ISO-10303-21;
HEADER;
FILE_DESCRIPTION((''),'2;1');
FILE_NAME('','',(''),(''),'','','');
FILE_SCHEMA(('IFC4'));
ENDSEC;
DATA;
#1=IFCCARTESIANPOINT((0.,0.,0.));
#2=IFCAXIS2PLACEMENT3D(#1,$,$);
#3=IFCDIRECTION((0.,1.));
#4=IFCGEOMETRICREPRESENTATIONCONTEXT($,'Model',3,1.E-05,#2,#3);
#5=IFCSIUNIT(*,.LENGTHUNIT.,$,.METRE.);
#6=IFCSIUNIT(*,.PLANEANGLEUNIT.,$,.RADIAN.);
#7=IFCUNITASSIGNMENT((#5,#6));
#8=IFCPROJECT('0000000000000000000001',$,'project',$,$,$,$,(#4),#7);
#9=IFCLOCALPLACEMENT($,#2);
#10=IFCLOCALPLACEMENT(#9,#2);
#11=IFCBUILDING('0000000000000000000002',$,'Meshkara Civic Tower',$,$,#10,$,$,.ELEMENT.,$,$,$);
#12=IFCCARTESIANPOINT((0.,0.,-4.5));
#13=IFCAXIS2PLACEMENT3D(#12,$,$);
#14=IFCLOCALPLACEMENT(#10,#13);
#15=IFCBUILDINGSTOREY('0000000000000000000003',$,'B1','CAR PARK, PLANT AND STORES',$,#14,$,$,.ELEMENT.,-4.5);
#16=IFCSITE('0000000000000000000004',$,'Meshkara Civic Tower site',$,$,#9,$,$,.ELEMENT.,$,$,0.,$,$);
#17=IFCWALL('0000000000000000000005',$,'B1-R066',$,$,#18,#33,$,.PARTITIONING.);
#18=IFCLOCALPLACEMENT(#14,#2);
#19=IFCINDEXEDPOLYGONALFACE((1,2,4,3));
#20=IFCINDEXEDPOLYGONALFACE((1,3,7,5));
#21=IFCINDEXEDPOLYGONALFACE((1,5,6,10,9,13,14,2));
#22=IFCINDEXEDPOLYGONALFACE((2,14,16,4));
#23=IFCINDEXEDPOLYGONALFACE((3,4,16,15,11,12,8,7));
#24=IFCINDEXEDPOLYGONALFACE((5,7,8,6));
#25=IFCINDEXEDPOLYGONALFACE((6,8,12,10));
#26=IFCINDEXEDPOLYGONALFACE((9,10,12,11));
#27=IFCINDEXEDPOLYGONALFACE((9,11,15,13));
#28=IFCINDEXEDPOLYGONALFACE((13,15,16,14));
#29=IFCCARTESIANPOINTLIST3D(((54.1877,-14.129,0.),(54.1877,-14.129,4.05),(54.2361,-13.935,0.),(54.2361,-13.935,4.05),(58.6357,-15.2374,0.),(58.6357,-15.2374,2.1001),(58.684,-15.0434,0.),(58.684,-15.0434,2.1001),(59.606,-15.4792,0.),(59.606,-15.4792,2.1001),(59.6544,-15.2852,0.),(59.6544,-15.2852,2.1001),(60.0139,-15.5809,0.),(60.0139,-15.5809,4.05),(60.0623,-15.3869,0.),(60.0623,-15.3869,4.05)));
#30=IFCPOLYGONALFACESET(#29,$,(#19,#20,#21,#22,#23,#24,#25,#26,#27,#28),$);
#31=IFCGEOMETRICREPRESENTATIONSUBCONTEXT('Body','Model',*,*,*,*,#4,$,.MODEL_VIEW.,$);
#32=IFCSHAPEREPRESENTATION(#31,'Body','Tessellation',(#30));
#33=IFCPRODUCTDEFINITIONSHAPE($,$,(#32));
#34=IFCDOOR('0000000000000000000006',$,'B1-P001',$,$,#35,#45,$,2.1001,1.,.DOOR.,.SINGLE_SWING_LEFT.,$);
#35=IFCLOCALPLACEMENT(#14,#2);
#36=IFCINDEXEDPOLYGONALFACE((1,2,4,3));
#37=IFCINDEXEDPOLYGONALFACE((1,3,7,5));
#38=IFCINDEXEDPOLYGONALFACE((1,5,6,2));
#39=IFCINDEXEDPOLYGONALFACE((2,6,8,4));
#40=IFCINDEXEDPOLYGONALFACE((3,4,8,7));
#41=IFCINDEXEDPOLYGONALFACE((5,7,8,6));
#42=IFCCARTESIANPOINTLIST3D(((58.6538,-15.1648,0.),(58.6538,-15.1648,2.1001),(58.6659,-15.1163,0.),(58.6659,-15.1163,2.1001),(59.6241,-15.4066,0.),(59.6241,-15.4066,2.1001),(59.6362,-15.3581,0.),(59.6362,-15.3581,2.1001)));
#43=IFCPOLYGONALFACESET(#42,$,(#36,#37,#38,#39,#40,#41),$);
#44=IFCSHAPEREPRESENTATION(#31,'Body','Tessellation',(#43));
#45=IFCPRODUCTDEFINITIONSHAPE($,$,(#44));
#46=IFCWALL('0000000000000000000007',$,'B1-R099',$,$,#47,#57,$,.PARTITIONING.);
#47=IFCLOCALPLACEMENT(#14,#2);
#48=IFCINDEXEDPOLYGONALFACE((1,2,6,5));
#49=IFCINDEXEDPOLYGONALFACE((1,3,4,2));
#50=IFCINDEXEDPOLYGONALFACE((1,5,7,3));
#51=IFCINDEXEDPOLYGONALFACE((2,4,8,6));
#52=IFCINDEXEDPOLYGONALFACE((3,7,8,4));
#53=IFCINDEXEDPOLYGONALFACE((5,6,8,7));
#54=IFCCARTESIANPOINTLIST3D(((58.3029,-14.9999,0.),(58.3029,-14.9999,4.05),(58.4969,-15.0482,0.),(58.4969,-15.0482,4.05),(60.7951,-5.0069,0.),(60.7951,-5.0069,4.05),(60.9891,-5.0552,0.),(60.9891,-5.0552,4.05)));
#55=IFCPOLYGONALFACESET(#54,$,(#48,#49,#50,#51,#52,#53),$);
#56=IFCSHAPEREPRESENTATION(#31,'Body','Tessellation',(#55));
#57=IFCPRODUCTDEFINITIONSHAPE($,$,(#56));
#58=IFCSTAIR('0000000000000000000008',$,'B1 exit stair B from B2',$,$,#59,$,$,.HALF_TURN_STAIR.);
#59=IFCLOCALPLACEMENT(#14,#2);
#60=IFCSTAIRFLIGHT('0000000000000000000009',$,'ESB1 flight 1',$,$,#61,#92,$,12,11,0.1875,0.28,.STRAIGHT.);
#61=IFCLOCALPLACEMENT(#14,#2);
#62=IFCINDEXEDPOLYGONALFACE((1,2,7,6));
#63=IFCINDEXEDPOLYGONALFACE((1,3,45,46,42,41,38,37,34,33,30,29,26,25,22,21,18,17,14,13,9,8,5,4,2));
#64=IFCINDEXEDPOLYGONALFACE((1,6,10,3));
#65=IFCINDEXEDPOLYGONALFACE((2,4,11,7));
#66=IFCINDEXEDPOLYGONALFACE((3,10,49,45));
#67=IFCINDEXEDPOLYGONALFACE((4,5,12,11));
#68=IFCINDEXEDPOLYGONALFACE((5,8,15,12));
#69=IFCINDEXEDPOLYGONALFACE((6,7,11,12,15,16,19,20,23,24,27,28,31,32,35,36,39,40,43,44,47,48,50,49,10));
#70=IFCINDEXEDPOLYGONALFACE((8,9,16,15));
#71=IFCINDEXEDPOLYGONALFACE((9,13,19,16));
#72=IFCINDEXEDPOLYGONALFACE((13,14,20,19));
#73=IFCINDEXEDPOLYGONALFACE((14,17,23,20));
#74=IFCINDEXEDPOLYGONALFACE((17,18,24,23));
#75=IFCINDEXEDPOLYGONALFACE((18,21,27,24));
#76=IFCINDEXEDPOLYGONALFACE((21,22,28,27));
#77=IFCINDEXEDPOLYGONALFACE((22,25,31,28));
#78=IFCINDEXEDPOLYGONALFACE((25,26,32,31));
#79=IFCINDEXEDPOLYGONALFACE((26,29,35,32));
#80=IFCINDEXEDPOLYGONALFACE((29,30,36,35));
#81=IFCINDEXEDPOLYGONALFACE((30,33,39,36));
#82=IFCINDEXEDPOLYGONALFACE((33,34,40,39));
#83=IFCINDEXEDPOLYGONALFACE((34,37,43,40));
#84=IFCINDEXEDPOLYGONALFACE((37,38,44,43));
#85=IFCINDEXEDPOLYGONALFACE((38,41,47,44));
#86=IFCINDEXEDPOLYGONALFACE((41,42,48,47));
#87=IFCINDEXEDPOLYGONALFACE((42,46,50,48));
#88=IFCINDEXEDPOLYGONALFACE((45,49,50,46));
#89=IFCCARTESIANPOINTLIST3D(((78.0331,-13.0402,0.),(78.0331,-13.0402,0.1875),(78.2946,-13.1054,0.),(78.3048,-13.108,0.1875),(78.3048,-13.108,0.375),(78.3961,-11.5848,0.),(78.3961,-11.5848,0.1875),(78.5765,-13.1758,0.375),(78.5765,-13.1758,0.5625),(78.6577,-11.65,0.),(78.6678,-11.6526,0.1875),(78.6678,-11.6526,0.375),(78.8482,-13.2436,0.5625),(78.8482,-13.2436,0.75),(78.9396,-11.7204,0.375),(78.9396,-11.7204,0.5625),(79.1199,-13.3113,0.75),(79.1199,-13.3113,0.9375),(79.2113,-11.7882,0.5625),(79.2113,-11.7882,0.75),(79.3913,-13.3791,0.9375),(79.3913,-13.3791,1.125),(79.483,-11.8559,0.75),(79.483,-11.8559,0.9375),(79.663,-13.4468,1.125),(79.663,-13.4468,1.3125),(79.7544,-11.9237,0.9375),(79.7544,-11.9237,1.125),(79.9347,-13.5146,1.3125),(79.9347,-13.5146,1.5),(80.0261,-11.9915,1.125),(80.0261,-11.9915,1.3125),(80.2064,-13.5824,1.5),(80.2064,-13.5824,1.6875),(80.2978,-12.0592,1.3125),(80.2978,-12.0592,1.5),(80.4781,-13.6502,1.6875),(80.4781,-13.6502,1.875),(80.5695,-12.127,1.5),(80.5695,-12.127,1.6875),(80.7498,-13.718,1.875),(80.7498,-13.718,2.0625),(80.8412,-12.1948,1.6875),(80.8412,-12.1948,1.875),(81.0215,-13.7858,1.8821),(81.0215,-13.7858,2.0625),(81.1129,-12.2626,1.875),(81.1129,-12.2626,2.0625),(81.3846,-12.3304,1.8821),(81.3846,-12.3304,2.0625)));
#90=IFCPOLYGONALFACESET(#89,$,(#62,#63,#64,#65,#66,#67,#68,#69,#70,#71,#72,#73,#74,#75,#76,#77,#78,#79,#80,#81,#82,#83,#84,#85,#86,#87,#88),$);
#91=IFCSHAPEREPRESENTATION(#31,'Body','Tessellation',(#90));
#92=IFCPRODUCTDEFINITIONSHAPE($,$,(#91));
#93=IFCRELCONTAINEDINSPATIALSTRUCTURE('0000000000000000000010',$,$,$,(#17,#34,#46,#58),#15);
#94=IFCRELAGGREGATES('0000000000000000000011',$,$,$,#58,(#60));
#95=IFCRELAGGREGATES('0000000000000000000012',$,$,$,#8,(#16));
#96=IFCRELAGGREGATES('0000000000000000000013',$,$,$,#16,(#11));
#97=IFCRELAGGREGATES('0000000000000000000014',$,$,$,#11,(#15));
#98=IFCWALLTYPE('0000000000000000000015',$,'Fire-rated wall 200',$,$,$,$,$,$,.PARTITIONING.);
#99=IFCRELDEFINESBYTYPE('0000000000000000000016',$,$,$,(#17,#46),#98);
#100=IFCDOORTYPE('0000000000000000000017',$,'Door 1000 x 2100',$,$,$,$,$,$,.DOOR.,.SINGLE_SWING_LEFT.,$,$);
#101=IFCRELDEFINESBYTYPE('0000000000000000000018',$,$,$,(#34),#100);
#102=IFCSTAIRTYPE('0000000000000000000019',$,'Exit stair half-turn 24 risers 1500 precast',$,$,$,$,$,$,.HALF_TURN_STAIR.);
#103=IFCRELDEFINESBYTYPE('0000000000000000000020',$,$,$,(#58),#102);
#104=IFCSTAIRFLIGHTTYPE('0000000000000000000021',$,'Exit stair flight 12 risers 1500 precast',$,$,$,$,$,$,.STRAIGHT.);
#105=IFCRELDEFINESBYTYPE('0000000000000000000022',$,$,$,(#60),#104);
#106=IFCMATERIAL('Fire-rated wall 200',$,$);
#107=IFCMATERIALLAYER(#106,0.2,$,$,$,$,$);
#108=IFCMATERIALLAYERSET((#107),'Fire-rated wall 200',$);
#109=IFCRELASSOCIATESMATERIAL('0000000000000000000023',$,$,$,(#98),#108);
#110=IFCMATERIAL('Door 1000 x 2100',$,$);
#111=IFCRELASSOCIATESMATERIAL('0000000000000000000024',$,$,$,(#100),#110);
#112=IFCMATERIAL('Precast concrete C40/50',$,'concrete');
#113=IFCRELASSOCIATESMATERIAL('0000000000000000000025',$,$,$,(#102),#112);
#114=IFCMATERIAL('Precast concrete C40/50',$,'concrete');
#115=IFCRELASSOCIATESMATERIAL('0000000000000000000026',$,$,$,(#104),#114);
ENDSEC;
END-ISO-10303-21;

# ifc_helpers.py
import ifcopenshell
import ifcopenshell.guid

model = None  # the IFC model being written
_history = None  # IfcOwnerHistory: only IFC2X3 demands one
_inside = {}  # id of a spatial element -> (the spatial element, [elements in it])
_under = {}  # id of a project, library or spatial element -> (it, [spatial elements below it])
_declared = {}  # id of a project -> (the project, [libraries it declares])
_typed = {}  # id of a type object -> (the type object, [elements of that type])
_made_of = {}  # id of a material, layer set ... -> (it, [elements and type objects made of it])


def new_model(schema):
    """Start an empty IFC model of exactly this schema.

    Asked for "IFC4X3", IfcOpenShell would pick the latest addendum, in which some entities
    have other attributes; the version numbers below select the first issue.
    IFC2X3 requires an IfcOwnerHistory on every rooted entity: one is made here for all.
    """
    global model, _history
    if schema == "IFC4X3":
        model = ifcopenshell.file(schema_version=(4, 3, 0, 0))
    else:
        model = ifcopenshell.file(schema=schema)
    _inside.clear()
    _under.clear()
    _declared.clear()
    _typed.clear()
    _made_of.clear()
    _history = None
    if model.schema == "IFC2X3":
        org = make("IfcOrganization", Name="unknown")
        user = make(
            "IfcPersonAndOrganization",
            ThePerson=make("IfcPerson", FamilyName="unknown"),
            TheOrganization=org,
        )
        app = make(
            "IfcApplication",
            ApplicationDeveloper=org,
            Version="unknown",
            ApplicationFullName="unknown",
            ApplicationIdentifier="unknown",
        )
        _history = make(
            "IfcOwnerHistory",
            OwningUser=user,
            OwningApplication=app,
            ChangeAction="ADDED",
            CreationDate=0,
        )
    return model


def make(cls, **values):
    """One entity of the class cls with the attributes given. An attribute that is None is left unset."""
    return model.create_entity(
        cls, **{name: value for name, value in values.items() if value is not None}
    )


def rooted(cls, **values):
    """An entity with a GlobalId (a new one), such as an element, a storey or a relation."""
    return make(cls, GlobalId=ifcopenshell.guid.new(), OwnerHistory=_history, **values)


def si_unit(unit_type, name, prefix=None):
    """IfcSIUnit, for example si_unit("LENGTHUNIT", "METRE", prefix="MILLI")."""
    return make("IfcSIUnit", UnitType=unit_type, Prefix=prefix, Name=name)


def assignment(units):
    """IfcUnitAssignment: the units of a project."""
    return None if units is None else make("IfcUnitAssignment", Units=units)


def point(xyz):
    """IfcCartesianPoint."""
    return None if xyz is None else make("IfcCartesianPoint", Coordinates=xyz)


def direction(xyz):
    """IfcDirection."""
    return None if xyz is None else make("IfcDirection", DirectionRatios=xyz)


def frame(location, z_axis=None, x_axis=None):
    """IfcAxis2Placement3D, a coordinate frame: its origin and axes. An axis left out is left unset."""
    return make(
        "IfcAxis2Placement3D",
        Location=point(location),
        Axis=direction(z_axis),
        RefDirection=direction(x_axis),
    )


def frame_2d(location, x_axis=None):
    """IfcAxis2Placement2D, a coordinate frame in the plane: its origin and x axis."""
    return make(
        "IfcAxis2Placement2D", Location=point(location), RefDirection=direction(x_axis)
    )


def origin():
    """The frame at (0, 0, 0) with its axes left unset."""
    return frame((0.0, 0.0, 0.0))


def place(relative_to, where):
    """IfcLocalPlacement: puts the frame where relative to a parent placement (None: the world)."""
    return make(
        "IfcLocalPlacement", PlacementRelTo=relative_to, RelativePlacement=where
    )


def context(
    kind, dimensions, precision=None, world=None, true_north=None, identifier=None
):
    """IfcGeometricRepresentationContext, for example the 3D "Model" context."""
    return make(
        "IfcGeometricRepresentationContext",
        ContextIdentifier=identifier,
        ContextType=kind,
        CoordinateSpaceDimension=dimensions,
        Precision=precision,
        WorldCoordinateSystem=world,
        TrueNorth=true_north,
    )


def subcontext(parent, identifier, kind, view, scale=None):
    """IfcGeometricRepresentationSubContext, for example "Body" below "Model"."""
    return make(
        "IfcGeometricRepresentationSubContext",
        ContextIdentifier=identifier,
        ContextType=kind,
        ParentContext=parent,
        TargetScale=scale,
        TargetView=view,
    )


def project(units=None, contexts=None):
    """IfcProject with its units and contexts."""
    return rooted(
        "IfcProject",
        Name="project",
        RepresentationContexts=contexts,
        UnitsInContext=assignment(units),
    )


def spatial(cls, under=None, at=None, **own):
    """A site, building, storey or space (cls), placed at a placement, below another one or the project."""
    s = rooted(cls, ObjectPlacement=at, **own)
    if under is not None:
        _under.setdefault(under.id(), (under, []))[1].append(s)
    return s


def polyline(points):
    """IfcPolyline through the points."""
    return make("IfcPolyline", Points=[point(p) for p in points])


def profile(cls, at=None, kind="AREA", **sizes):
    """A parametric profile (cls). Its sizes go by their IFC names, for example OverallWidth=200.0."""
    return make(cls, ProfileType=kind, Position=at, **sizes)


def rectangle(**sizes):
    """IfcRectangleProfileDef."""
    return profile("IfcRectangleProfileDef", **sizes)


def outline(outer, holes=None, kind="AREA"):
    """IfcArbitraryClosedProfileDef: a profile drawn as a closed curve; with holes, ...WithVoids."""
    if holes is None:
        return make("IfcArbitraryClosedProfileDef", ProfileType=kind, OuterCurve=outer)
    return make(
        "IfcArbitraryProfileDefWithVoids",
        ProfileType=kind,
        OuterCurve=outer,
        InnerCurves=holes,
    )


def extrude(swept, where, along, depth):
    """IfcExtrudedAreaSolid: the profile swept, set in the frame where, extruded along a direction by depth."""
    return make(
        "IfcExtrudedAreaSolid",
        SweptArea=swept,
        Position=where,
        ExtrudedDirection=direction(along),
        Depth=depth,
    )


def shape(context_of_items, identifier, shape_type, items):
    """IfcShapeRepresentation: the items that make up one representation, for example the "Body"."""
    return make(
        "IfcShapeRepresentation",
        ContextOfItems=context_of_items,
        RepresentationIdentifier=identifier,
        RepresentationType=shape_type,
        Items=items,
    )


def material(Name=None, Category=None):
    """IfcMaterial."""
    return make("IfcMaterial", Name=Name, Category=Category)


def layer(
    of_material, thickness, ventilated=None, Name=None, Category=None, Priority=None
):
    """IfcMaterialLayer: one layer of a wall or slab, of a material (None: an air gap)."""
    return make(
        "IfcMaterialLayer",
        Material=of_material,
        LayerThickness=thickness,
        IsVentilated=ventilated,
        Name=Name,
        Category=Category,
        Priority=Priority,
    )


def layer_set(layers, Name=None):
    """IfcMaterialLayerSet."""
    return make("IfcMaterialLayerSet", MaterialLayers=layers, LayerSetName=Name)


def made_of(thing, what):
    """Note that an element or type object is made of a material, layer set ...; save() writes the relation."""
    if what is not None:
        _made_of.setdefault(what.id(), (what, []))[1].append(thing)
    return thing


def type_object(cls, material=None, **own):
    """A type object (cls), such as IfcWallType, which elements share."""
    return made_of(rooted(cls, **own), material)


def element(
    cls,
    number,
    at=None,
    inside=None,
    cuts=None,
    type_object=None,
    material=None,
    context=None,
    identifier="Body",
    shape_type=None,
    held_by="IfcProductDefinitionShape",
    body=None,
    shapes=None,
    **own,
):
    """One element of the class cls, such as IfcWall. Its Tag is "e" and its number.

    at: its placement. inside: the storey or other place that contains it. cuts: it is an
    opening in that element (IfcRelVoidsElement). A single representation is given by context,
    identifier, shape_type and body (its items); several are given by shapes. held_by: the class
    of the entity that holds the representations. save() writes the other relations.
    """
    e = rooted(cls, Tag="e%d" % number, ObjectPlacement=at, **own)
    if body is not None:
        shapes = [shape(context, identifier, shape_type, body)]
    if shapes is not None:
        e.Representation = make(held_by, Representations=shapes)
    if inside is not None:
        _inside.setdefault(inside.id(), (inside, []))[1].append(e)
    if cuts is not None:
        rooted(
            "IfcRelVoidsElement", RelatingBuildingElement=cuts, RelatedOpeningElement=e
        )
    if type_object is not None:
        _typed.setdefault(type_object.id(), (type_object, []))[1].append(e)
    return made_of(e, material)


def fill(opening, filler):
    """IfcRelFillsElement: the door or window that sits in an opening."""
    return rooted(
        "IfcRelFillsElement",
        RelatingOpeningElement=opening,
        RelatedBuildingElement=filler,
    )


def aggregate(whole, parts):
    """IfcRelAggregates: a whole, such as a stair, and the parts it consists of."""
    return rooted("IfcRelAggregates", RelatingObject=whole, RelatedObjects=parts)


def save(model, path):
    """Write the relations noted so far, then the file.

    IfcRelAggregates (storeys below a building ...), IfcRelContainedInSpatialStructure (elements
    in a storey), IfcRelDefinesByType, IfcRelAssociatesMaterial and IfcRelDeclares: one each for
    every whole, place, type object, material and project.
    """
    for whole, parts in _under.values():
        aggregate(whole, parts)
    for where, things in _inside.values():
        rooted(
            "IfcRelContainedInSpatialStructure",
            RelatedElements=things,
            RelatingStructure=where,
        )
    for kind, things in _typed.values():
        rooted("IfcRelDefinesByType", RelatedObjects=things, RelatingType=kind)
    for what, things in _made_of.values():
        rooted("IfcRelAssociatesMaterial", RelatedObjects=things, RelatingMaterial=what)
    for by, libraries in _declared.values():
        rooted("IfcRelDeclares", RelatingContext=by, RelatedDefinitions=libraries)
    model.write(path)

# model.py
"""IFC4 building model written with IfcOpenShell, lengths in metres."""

from ifc_helpers import new_model, si_unit, direction, frame, frame_2d, origin, place, context, subcontext, project, spatial, polyline, rectangle, outline, extrude, material, layer, layer_set, type_object, element, fill, aggregate, save


model = new_model("IFC4")

# Units and contexts
model_context = context("Model", 3, precision=1e-05, world=origin(), true_north=direction((0.0, 1.0)))
body_context = subcontext(model_context, "Body", "Model", "MODEL_VIEW")
ifc_project = project(units=[si_unit("LENGTHUNIT", "METRE"), si_unit("PLANEANGLEUNIT", "RADIAN")], contexts=[model_context])

# Site, building, storey
site_placement = place(None, origin())
site = spatial("IfcSite", under=ifc_project, at=site_placement, Name="Meshkara Civic Tower site", CompositionType="ELEMENT", RefElevation=0.0)
building_placement = place(site_placement, origin())
building = spatial("IfcBuilding", under=site, at=building_placement, Name="Meshkara Civic Tower", CompositionType="ELEMENT")
storey_placement = place(building_placement, frame((0.0, 0.0, -4.5)))
storey = spatial("IfcBuildingStorey", under=building, at=storey_placement, Name="B1", Description="CAR PARK, PLANT AND STORES", CompositionType="ELEMENT", Elevation=-4.5)

# Wall, opening, door
ifc_material_1 = material(Name="Fire-rated wall 200")
ifc_layer_1 = layer(ifc_material_1, 0.2)
ifc_layer_set_1 = layer_set([ifc_layer_1], Name="Fire-rated wall 200")
wall_type_1 = type_object("IfcWallType", Name="Fire-rated wall 200", PredefinedType="PARTITIONING", material=ifc_layer_set_1)
wall_1_placement = place(storey_placement, frame((54.2119, -14.032, 0.0), z_axis=(0.0, 0.0, 1.0), x_axis=(0.970324, -0.241808, 0.0)))
wall_1 = element("IfcWall", 1, at=wall_1_placement, inside=storey, type_object=wall_type_1, Name="B1-R066", PredefinedType="PARTITIONING", context=body_context, shape_type="SweptSolid", body=[
    extrude(rectangle(XDim=6.0044, YDim=0.2, at=frame_2d((3.0022, 0.0))), origin(), (0.0, 0.0, 1.0), 4.05),
])
opening_1_placement = place(wall_1_placement, frame((4.584, 0.0, 0.0)))
opening_1 = element("IfcOpeningElement", 2, at=opening_1_placement, cuts=wall_1, PredefinedType="OPENING", context=body_context, shape_type="SweptSolid", body=[
    extrude(rectangle(XDim=1.0, YDim=2.1001, at=frame_2d((0.5, 1.05))), frame((0.0, 0.1099, 0.0), z_axis=(0.0, -1.0, 0.0), x_axis=(1.0, 0.0, 0.0)), (0.0, 0.0, 1.0), 0.22),
])
ifc_material_2 = material(Name="Door 1000 x 2100")
door_type_1 = type_object("IfcDoorType", Name="Door 1000 x 2100", OperationType="SINGLE_SWING_LEFT", PredefinedType="DOOR", material=ifc_material_2)
door_1_placement = place(opening_1_placement, origin())
door_1 = element("IfcDoor", 3, at=door_1_placement, inside=storey, type_object=door_type_1, Name="B1-P001", OperationType="SINGLE_SWING_LEFT", OverallHeight=2.1001, OverallWidth=1.0, PredefinedType="DOOR", context=body_context, shape_type="SweptSolid", body=[
    extrude(rectangle(XDim=1.0, YDim=2.1001, at=frame_2d((0.5, 1.05))), frame((0.0, 0.0249, 0.0), z_axis=(0.0, -1.0, 0.0), x_axis=(1.0, 0.0, 0.0)), (0.0, 0.0, 1.0), 0.05),
])
fill(opening_1, door_1)

# Wall
wall_2_placement = place(storey_placement, frame((58.3999, -15.0239, 0.0), z_axis=(0.0, 0.0, 1.0), x_axis=(0.241983, 0.97028, 0.0)))
element("IfcWall", 4, at=wall_2_placement, inside=storey, type_object=wall_type_1, Name="B1-R099", PredefinedType="PARTITIONING", context=body_context, shape_type="SweptSolid", body=[
    extrude(rectangle(XDim=10.2991, YDim=0.2, at=frame_2d((5.1494, 0.0))), origin(), (0.0, 0.0, 1.0), 4.05),
])

# Stair, stair flight
ifc_material_3 = material(Name="Precast concrete C40/50", Category="concrete")
stair_type = type_object("IfcStairType", Name="Exit stair half-turn 24 risers 1500 precast", PredefinedType="HALF_TURN_STAIR", material=ifc_material_3)
stair_placement = place(storey_placement, origin())
stair = element("IfcStair", 5, at=stair_placement, inside=storey, type_object=stair_type, Name="B1 exit stair B from B2", PredefinedType="HALF_TURN_STAIR")
ifc_material_4 = material(Name="Precast concrete C40/50", Category="concrete")
stair_flight_type = type_object("IfcStairFlightType", Name="Exit stair flight 12 risers 1500 precast", PredefinedType="STRAIGHT", material=ifc_material_4)
stair_flight_placement = place(storey_placement, frame((78.2146, -12.3125, 0.0), z_axis=(0.0, 0.0, 1.0), x_axis=(0.97026, -0.242065, 0.0)))
stair_flight = element("IfcStairFlight", 6, at=stair_flight_placement, type_object=stair_flight_type, Name="ESB1 flight 1", NumberOfRisers=12, NumberOfTreads=11, PredefinedType="STRAIGHT", RiserHeight=0.1875, TreadLength=0.28, context=body_context, shape_type="SweptSolid", body=[
    extrude(outline(polyline([(0.0, 0.0), (0.0, 0.1875), (0.28, 0.1875), (0.28, 0.375), (0.5601, 0.375), (0.5601, 0.5625), (0.8401, 0.5625), (0.8401, 0.75), (1.1201, 0.75), (1.1201, 0.9375), (1.3999, 0.9375), (1.3999, 1.125), (1.6799, 1.125), (1.6799, 1.3125), (1.96, 1.3125), (1.96, 1.5), (2.24, 1.5), (2.24, 1.6875), (2.52, 1.6875), (2.52, 1.875), (2.8, 1.875), (2.8, 2.0625), (3.0801, 2.0625), (3.0801, 2.25), (3.0801, 1.8821), (0.2695, 0.0), (0.0, 0.0)])), frame((0.0, 0.75, 0.0), z_axis=(0.0, -1.0, 0.0), x_axis=(1.0, 0.0, 0.0)), (0.0, 0.0, 1.0), 1.5),
])
aggregate(stair, [stair_flight])

save(model, "model.ifc")
